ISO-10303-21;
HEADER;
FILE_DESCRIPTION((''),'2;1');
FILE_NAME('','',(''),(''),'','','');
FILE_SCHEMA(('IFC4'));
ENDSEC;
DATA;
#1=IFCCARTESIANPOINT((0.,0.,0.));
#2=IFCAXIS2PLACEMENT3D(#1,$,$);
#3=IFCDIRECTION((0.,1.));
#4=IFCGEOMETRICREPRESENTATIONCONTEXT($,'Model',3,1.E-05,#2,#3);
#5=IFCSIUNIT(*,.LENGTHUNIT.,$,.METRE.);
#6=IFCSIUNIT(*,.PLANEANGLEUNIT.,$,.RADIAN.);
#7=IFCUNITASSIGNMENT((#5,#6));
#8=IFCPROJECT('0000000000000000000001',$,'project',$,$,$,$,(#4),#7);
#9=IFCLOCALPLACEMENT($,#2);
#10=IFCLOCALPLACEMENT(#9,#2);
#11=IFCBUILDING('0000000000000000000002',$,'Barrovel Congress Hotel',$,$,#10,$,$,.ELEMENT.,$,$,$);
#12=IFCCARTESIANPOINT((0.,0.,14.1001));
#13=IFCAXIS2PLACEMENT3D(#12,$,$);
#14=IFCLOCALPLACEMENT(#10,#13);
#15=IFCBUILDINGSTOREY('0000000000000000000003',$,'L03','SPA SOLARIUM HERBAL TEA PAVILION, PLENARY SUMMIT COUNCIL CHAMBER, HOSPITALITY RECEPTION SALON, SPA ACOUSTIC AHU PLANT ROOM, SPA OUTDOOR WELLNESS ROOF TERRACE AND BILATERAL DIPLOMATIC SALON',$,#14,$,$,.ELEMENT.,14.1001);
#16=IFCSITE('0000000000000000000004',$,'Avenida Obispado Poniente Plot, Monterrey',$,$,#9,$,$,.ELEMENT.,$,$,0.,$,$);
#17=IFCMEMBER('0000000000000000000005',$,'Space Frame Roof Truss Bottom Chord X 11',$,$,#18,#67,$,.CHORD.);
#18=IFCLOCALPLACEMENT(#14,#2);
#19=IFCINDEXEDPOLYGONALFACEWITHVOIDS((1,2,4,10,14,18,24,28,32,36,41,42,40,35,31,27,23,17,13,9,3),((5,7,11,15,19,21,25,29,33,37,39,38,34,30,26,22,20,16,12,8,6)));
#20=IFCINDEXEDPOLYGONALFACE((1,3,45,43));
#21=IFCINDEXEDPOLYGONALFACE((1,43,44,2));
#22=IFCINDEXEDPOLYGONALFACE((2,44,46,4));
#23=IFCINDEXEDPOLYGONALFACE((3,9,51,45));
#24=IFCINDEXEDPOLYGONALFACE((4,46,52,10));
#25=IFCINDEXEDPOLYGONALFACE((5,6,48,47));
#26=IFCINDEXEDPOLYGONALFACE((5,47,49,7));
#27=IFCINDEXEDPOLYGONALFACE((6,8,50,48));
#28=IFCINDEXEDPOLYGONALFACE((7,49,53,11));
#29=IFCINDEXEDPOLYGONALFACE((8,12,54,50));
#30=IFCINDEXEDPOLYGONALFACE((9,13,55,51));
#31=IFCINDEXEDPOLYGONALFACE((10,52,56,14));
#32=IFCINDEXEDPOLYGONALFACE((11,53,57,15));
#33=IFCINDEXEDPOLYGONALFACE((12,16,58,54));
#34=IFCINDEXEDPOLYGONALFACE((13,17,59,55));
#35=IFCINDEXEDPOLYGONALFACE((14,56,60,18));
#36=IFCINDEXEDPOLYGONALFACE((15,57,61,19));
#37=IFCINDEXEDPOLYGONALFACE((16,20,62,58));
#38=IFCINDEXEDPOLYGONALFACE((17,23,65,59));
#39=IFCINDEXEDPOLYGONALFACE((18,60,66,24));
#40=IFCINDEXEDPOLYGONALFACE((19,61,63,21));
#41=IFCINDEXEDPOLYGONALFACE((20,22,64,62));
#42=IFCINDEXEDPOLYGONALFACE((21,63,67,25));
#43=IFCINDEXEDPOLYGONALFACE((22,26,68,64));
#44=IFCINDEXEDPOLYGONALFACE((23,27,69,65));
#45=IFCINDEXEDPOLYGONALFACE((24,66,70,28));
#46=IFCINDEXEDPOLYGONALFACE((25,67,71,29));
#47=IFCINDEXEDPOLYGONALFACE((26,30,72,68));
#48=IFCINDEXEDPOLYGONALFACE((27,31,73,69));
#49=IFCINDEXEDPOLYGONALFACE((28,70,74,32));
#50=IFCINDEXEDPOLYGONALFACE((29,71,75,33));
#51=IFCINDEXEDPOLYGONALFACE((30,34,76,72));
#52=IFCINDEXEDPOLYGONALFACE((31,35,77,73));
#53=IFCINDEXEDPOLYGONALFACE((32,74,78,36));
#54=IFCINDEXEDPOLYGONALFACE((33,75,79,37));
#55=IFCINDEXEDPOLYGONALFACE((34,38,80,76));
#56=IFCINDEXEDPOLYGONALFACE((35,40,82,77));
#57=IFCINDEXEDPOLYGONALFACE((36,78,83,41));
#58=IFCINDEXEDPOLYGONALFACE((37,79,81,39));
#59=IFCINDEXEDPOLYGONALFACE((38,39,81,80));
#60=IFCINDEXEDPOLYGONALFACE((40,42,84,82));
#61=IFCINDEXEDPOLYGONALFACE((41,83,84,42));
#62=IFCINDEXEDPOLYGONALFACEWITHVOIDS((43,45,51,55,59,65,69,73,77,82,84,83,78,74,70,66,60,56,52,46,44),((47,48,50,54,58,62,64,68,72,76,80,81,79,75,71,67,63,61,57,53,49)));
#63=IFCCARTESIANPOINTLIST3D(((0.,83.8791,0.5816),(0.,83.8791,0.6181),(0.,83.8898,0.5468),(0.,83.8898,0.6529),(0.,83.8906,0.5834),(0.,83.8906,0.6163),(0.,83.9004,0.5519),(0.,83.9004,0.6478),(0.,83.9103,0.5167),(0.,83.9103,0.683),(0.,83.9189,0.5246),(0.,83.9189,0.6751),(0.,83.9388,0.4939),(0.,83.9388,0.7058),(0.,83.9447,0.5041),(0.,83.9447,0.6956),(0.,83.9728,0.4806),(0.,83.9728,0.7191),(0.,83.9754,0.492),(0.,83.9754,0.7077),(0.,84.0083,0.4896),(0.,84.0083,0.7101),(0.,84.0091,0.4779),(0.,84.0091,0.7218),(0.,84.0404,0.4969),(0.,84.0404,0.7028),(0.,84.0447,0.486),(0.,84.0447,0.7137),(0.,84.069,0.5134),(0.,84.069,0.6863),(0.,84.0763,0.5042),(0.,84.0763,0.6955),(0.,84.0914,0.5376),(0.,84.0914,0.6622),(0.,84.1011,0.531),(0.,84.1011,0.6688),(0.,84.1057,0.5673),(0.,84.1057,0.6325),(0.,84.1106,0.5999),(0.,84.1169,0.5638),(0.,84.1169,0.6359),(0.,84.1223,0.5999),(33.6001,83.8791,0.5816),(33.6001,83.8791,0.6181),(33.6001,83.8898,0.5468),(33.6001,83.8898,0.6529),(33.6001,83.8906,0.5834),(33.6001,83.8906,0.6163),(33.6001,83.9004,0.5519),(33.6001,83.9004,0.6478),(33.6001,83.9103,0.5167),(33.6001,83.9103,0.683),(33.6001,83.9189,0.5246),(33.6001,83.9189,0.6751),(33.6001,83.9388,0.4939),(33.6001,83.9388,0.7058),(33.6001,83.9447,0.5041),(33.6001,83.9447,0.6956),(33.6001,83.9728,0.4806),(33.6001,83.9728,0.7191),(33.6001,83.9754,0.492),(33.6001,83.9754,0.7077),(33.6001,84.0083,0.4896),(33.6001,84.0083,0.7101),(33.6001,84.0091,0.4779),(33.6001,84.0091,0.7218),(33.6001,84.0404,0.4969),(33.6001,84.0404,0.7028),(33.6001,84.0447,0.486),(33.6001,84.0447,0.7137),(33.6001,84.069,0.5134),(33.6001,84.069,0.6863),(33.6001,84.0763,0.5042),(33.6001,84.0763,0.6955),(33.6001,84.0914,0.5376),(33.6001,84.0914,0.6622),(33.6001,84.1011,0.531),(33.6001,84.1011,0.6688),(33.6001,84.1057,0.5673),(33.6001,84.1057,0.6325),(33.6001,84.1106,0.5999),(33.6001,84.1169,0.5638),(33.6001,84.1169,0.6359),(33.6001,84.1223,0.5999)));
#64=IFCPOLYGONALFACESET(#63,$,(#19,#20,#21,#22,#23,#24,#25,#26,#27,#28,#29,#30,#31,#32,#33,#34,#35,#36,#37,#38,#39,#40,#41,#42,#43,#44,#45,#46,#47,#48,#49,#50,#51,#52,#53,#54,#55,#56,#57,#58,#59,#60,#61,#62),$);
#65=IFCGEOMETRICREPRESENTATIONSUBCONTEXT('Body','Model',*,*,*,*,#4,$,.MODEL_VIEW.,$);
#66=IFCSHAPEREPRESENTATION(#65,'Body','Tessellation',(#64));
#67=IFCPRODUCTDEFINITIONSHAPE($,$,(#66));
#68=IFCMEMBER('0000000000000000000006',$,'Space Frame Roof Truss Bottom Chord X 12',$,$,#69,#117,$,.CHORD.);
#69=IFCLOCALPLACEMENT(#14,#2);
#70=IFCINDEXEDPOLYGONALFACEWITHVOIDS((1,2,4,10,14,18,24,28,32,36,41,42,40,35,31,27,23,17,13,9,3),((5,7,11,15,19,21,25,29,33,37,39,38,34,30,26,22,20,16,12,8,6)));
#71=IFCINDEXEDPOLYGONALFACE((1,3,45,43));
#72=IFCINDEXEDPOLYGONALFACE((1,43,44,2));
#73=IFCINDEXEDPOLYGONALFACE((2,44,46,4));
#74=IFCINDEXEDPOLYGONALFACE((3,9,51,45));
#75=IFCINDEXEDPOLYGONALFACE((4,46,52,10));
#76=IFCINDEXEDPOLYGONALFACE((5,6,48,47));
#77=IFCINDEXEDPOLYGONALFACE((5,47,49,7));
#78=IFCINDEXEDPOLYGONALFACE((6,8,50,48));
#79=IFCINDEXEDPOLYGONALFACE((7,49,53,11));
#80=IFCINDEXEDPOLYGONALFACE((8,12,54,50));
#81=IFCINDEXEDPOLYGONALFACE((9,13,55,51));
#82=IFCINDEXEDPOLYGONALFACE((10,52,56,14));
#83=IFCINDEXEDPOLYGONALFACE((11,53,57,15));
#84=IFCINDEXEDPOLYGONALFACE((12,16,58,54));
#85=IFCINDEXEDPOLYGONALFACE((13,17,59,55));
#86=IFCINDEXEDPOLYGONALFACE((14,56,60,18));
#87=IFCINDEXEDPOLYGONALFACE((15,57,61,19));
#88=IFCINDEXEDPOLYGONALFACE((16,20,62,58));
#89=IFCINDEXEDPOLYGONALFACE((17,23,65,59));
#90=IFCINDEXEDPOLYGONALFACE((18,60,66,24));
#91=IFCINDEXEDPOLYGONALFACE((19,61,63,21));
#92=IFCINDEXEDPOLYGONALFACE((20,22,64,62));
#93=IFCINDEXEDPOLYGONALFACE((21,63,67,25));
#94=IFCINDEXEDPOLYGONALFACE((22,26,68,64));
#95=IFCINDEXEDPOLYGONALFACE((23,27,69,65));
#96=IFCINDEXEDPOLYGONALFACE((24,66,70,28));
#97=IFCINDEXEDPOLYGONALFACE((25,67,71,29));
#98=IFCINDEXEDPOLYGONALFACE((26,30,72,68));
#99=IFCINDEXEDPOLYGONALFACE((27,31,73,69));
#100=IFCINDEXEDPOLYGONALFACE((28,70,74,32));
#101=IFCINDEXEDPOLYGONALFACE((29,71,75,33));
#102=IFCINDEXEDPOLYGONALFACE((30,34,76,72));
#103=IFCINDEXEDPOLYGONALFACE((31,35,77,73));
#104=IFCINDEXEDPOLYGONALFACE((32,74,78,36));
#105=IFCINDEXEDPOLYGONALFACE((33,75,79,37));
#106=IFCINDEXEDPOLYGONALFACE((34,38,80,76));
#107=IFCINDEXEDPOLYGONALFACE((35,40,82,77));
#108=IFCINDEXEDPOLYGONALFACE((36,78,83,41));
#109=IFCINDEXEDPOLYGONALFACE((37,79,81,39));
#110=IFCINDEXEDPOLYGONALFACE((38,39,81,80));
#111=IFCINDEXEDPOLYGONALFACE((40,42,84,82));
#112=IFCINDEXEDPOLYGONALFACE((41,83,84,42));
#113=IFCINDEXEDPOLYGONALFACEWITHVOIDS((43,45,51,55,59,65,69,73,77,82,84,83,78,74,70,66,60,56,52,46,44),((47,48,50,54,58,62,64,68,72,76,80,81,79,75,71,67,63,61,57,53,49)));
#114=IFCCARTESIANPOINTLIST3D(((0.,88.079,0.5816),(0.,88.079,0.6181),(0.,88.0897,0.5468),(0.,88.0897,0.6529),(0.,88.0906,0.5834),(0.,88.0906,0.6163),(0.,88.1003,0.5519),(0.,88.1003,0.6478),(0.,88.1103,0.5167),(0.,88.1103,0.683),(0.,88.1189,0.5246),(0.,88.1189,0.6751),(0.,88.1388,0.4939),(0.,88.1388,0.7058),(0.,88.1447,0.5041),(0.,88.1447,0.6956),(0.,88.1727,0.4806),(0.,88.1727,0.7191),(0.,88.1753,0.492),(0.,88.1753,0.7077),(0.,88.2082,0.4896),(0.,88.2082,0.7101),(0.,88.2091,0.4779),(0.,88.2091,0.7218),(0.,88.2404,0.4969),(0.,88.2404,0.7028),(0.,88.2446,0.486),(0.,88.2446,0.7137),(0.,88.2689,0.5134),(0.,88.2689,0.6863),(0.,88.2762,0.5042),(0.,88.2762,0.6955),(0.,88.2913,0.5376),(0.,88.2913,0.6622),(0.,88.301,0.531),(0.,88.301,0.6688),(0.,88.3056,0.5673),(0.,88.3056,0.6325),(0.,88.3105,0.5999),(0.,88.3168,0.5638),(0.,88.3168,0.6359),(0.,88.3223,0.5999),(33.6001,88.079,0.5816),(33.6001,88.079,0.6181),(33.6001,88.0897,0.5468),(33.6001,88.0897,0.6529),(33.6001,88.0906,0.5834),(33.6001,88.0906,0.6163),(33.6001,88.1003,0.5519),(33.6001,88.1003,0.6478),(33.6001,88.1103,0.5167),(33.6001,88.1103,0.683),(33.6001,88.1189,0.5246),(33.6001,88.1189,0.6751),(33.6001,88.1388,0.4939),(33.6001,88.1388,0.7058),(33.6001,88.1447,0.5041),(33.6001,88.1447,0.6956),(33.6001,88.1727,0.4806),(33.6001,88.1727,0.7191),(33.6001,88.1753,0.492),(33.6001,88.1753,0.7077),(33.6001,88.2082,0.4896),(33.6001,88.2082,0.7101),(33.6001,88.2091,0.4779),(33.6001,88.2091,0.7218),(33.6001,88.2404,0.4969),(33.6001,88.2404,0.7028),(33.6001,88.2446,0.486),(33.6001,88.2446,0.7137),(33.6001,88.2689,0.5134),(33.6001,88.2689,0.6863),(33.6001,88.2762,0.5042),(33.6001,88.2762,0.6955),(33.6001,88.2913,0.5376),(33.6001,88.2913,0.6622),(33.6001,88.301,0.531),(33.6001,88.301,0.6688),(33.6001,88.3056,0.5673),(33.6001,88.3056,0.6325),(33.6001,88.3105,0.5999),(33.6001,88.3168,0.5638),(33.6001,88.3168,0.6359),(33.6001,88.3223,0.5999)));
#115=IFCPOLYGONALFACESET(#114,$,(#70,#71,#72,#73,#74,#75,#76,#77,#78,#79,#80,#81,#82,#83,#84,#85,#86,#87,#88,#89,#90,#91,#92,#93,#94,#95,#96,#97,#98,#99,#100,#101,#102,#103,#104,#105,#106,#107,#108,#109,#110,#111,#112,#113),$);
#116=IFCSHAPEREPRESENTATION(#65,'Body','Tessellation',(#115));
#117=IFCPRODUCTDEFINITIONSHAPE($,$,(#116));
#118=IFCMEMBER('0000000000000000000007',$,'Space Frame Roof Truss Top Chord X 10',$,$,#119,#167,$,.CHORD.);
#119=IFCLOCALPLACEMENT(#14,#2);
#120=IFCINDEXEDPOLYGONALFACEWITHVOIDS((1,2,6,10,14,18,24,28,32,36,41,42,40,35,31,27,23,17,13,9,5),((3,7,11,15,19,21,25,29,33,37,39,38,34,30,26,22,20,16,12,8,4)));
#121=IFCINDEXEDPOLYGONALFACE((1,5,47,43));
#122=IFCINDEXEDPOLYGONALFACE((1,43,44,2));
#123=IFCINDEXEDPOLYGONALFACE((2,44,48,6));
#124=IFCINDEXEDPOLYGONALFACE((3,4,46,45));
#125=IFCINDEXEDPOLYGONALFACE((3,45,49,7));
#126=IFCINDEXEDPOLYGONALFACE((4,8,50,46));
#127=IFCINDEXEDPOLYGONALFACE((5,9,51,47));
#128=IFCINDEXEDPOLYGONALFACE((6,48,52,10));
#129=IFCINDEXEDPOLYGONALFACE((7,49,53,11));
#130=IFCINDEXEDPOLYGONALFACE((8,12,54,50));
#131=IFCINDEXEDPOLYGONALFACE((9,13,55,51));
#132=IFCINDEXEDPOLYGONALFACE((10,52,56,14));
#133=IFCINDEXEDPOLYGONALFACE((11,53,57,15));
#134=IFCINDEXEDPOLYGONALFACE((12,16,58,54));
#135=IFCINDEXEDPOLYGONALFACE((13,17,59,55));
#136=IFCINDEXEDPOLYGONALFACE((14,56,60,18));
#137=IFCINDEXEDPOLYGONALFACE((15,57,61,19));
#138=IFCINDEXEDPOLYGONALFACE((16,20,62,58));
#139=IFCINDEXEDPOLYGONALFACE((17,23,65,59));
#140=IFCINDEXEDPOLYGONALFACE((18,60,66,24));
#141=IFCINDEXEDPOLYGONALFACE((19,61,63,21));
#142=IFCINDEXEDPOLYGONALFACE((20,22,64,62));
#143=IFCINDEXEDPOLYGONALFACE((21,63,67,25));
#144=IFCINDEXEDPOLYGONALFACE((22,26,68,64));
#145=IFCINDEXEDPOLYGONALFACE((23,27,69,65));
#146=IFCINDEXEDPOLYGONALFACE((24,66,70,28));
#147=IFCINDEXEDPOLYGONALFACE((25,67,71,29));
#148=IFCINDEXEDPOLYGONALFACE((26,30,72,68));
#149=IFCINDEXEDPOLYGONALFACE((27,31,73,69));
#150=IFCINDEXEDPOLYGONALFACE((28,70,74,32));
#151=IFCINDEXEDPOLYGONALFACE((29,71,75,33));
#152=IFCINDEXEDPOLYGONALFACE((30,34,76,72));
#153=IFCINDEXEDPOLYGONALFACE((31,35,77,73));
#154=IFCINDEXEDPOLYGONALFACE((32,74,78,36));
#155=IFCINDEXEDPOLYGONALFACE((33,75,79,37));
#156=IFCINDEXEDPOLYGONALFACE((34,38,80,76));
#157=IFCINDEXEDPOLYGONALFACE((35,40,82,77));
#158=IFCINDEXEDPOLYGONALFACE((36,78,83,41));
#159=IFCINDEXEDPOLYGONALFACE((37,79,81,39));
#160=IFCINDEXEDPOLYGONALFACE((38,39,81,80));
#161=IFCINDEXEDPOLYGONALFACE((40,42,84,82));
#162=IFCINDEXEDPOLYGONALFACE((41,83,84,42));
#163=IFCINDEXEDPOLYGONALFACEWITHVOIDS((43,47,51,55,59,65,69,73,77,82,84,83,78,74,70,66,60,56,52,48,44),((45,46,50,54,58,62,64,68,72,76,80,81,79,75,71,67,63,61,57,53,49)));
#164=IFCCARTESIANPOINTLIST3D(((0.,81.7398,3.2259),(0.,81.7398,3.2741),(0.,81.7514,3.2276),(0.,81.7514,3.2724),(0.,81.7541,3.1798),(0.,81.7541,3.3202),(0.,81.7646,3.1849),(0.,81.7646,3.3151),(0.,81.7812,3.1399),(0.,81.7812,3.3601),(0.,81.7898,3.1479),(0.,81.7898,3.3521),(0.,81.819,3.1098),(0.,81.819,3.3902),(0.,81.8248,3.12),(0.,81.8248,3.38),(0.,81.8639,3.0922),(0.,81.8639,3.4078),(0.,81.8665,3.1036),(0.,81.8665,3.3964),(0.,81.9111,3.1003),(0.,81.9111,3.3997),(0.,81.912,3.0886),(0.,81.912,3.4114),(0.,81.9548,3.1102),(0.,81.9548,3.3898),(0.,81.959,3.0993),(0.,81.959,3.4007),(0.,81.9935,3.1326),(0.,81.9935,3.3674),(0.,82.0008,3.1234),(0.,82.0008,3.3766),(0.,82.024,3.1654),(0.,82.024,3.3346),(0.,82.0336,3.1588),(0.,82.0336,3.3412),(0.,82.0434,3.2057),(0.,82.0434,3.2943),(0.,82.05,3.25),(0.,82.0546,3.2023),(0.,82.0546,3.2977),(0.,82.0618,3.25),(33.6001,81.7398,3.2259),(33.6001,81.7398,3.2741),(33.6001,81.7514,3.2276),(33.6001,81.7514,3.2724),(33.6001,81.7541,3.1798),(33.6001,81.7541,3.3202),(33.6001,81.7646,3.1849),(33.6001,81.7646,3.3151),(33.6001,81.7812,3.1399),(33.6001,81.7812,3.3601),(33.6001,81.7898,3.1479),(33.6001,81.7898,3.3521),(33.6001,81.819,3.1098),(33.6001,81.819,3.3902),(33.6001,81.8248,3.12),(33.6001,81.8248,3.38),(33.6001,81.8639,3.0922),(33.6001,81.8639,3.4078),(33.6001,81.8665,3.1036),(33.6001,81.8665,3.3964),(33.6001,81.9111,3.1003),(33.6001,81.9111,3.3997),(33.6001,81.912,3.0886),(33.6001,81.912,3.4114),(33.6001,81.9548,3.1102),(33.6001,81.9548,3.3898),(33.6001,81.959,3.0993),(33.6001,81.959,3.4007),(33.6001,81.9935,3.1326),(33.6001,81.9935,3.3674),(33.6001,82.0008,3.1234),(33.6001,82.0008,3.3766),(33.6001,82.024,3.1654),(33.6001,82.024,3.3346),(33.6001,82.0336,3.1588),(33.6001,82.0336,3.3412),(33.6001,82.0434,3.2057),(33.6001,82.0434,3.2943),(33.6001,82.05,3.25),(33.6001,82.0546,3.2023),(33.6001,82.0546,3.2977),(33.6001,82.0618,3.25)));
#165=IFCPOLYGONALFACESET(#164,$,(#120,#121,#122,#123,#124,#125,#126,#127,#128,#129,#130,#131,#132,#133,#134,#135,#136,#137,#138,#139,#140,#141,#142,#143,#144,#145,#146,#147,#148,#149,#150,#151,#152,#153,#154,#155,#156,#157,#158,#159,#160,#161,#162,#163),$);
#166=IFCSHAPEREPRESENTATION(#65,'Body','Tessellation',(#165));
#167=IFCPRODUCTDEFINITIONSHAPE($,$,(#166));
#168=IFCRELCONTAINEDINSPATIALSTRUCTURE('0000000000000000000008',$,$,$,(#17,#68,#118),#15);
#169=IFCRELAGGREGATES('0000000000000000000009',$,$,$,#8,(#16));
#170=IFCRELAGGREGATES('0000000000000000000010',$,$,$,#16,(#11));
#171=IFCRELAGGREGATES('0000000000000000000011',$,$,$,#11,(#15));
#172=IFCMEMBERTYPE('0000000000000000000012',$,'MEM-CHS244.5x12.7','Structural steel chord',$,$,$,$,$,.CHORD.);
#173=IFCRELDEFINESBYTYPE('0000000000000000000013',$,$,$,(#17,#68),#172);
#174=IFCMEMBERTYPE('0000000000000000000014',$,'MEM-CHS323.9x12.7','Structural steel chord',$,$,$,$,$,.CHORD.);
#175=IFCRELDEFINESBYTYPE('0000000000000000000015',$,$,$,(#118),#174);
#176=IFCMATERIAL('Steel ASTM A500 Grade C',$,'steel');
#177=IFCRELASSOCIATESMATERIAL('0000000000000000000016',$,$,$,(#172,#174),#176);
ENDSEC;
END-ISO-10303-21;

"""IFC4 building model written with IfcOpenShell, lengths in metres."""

from ifc_helpers import new_model, si_unit, direction, frame, origin, origin_2d, place, context, subcontext, project, spatial, hollow_circle, extrude, material, material_profile, profile_set, type_object, element, save


model = new_model("IFC4")

# Units and contexts
model_context = context("Model", 3, precision=1e-05, world=origin(), true_north=direction((0.0, 1.0)))
body_context = subcontext(model_context, "Body", "Model", "MODEL_VIEW")
ifc_project = project(units=[si_unit("LENGTHUNIT", "METRE"), si_unit("PLANEANGLEUNIT", "RADIAN")], contexts=[model_context])

# Site, building, storey
site_placement = place(None, origin())
site = spatial("IfcSite", under=ifc_project, at=site_placement, Name="Avenida Obispado Poniente Plot, Monterrey", CompositionType="ELEMENT", RefElevation=0.0)
building_placement = place(site_placement, origin())
building = spatial("IfcBuilding", under=site, at=building_placement, Name="Barrovel Congress Hotel", CompositionType="ELEMENT")
storey_placement = place(building_placement, frame((0.0, 0.0, 14.1001)))
storey = spatial("IfcBuildingStorey", under=building, at=storey_placement, Name="L03", Description="SPA SOLARIUM HERBAL TEA PAVILION, PLENARY SUMMIT COUNCIL CHAMBER, HOSPITALITY RECEPTION SALON, SPA ACOUSTIC AHU PLANT ROOM, SPA OUTDOOR WELLNESS ROOF TERRACE AND BILATERAL DIPLOMATIC SALON", CompositionType="ELEMENT", Elevation=14.1001)

# Members
ifc_material_1 = material(Name="Steel ASTM A500 Grade C", Category="steel")
ifc_material_profile_1 = material_profile(ifc_material_1, hollow_circle(Radius=0.1223, WallThickness=0.0117, at=origin_2d()), Name="CHS244.5x12.7")
ifc_profile_set_1 = profile_set([ifc_material_profile_1], Name="Steel ASTM A500 Grade C")
member_type_1 = type_object("IfcMemberType", Name="MEM-CHS244.5x12.7", Description="Structural steel chord", PredefinedType="CHORD", material=ifc_profile_set_1)
for number, where, z_axis, x_axis, name in (
    (1, (0.0, 84.0, 0.5999), (1.0, 0.0, 0.0), (0.0, 1.0, 0.0), "Space Frame Roof Truss Bottom Chord X 11"),
    (2, (0.0, 88.2, 0.5999), (1.0, 0.0, 0.0), (0.0, 1.0, 0.0), "Space Frame Roof Truss Bottom Chord X 12"),
):
    element("IfcMember", number, at=place(storey_placement, frame(where, z_axis=z_axis, x_axis=x_axis)), inside=storey, type_object=member_type_1, Name=name, PredefinedType="CHORD", context=body_context, shape_type="SweptSolid", body=[
        extrude(hollow_circle(Radius=0.1223, WallThickness=0.0117, at=origin_2d()), origin(), (0.0, 0.0, 1.0), 33.6001),
    ])
ifc_material_profile_2 = material_profile(ifc_material_1, hollow_circle(Radius=0.1619, WallThickness=0.0117, at=origin_2d()), Name="CHS323.9x12.7")
ifc_profile_set_2 = profile_set([ifc_material_profile_2], Name="Steel ASTM A500 Grade C")
member_type_2 = type_object("IfcMemberType", Name="MEM-CHS323.9x12.7", Description="Structural steel chord", PredefinedType="CHORD", material=ifc_profile_set_2)
for number, where, z_axis, x_axis, name in (
    (3, (0.0, 81.8999, 3.25), (1.0, 0.0, 0.0), (0.0, 1.0, 0.0), "Space Frame Roof Truss Top Chord X 10"),
):
    element("IfcMember", number, at=place(storey_placement, frame(where, z_axis=z_axis, x_axis=x_axis)), inside=storey, type_object=member_type_2, Name=name, PredefinedType="CHORD", context=body_context, shape_type="SweptSolid", body=[
        extrude(hollow_circle(Radius=0.1619, WallThickness=0.0117, at=origin_2d()), origin(), (0.0, 0.0, 1.0), 33.6001),
    ])

save(model, "model.ifc")
